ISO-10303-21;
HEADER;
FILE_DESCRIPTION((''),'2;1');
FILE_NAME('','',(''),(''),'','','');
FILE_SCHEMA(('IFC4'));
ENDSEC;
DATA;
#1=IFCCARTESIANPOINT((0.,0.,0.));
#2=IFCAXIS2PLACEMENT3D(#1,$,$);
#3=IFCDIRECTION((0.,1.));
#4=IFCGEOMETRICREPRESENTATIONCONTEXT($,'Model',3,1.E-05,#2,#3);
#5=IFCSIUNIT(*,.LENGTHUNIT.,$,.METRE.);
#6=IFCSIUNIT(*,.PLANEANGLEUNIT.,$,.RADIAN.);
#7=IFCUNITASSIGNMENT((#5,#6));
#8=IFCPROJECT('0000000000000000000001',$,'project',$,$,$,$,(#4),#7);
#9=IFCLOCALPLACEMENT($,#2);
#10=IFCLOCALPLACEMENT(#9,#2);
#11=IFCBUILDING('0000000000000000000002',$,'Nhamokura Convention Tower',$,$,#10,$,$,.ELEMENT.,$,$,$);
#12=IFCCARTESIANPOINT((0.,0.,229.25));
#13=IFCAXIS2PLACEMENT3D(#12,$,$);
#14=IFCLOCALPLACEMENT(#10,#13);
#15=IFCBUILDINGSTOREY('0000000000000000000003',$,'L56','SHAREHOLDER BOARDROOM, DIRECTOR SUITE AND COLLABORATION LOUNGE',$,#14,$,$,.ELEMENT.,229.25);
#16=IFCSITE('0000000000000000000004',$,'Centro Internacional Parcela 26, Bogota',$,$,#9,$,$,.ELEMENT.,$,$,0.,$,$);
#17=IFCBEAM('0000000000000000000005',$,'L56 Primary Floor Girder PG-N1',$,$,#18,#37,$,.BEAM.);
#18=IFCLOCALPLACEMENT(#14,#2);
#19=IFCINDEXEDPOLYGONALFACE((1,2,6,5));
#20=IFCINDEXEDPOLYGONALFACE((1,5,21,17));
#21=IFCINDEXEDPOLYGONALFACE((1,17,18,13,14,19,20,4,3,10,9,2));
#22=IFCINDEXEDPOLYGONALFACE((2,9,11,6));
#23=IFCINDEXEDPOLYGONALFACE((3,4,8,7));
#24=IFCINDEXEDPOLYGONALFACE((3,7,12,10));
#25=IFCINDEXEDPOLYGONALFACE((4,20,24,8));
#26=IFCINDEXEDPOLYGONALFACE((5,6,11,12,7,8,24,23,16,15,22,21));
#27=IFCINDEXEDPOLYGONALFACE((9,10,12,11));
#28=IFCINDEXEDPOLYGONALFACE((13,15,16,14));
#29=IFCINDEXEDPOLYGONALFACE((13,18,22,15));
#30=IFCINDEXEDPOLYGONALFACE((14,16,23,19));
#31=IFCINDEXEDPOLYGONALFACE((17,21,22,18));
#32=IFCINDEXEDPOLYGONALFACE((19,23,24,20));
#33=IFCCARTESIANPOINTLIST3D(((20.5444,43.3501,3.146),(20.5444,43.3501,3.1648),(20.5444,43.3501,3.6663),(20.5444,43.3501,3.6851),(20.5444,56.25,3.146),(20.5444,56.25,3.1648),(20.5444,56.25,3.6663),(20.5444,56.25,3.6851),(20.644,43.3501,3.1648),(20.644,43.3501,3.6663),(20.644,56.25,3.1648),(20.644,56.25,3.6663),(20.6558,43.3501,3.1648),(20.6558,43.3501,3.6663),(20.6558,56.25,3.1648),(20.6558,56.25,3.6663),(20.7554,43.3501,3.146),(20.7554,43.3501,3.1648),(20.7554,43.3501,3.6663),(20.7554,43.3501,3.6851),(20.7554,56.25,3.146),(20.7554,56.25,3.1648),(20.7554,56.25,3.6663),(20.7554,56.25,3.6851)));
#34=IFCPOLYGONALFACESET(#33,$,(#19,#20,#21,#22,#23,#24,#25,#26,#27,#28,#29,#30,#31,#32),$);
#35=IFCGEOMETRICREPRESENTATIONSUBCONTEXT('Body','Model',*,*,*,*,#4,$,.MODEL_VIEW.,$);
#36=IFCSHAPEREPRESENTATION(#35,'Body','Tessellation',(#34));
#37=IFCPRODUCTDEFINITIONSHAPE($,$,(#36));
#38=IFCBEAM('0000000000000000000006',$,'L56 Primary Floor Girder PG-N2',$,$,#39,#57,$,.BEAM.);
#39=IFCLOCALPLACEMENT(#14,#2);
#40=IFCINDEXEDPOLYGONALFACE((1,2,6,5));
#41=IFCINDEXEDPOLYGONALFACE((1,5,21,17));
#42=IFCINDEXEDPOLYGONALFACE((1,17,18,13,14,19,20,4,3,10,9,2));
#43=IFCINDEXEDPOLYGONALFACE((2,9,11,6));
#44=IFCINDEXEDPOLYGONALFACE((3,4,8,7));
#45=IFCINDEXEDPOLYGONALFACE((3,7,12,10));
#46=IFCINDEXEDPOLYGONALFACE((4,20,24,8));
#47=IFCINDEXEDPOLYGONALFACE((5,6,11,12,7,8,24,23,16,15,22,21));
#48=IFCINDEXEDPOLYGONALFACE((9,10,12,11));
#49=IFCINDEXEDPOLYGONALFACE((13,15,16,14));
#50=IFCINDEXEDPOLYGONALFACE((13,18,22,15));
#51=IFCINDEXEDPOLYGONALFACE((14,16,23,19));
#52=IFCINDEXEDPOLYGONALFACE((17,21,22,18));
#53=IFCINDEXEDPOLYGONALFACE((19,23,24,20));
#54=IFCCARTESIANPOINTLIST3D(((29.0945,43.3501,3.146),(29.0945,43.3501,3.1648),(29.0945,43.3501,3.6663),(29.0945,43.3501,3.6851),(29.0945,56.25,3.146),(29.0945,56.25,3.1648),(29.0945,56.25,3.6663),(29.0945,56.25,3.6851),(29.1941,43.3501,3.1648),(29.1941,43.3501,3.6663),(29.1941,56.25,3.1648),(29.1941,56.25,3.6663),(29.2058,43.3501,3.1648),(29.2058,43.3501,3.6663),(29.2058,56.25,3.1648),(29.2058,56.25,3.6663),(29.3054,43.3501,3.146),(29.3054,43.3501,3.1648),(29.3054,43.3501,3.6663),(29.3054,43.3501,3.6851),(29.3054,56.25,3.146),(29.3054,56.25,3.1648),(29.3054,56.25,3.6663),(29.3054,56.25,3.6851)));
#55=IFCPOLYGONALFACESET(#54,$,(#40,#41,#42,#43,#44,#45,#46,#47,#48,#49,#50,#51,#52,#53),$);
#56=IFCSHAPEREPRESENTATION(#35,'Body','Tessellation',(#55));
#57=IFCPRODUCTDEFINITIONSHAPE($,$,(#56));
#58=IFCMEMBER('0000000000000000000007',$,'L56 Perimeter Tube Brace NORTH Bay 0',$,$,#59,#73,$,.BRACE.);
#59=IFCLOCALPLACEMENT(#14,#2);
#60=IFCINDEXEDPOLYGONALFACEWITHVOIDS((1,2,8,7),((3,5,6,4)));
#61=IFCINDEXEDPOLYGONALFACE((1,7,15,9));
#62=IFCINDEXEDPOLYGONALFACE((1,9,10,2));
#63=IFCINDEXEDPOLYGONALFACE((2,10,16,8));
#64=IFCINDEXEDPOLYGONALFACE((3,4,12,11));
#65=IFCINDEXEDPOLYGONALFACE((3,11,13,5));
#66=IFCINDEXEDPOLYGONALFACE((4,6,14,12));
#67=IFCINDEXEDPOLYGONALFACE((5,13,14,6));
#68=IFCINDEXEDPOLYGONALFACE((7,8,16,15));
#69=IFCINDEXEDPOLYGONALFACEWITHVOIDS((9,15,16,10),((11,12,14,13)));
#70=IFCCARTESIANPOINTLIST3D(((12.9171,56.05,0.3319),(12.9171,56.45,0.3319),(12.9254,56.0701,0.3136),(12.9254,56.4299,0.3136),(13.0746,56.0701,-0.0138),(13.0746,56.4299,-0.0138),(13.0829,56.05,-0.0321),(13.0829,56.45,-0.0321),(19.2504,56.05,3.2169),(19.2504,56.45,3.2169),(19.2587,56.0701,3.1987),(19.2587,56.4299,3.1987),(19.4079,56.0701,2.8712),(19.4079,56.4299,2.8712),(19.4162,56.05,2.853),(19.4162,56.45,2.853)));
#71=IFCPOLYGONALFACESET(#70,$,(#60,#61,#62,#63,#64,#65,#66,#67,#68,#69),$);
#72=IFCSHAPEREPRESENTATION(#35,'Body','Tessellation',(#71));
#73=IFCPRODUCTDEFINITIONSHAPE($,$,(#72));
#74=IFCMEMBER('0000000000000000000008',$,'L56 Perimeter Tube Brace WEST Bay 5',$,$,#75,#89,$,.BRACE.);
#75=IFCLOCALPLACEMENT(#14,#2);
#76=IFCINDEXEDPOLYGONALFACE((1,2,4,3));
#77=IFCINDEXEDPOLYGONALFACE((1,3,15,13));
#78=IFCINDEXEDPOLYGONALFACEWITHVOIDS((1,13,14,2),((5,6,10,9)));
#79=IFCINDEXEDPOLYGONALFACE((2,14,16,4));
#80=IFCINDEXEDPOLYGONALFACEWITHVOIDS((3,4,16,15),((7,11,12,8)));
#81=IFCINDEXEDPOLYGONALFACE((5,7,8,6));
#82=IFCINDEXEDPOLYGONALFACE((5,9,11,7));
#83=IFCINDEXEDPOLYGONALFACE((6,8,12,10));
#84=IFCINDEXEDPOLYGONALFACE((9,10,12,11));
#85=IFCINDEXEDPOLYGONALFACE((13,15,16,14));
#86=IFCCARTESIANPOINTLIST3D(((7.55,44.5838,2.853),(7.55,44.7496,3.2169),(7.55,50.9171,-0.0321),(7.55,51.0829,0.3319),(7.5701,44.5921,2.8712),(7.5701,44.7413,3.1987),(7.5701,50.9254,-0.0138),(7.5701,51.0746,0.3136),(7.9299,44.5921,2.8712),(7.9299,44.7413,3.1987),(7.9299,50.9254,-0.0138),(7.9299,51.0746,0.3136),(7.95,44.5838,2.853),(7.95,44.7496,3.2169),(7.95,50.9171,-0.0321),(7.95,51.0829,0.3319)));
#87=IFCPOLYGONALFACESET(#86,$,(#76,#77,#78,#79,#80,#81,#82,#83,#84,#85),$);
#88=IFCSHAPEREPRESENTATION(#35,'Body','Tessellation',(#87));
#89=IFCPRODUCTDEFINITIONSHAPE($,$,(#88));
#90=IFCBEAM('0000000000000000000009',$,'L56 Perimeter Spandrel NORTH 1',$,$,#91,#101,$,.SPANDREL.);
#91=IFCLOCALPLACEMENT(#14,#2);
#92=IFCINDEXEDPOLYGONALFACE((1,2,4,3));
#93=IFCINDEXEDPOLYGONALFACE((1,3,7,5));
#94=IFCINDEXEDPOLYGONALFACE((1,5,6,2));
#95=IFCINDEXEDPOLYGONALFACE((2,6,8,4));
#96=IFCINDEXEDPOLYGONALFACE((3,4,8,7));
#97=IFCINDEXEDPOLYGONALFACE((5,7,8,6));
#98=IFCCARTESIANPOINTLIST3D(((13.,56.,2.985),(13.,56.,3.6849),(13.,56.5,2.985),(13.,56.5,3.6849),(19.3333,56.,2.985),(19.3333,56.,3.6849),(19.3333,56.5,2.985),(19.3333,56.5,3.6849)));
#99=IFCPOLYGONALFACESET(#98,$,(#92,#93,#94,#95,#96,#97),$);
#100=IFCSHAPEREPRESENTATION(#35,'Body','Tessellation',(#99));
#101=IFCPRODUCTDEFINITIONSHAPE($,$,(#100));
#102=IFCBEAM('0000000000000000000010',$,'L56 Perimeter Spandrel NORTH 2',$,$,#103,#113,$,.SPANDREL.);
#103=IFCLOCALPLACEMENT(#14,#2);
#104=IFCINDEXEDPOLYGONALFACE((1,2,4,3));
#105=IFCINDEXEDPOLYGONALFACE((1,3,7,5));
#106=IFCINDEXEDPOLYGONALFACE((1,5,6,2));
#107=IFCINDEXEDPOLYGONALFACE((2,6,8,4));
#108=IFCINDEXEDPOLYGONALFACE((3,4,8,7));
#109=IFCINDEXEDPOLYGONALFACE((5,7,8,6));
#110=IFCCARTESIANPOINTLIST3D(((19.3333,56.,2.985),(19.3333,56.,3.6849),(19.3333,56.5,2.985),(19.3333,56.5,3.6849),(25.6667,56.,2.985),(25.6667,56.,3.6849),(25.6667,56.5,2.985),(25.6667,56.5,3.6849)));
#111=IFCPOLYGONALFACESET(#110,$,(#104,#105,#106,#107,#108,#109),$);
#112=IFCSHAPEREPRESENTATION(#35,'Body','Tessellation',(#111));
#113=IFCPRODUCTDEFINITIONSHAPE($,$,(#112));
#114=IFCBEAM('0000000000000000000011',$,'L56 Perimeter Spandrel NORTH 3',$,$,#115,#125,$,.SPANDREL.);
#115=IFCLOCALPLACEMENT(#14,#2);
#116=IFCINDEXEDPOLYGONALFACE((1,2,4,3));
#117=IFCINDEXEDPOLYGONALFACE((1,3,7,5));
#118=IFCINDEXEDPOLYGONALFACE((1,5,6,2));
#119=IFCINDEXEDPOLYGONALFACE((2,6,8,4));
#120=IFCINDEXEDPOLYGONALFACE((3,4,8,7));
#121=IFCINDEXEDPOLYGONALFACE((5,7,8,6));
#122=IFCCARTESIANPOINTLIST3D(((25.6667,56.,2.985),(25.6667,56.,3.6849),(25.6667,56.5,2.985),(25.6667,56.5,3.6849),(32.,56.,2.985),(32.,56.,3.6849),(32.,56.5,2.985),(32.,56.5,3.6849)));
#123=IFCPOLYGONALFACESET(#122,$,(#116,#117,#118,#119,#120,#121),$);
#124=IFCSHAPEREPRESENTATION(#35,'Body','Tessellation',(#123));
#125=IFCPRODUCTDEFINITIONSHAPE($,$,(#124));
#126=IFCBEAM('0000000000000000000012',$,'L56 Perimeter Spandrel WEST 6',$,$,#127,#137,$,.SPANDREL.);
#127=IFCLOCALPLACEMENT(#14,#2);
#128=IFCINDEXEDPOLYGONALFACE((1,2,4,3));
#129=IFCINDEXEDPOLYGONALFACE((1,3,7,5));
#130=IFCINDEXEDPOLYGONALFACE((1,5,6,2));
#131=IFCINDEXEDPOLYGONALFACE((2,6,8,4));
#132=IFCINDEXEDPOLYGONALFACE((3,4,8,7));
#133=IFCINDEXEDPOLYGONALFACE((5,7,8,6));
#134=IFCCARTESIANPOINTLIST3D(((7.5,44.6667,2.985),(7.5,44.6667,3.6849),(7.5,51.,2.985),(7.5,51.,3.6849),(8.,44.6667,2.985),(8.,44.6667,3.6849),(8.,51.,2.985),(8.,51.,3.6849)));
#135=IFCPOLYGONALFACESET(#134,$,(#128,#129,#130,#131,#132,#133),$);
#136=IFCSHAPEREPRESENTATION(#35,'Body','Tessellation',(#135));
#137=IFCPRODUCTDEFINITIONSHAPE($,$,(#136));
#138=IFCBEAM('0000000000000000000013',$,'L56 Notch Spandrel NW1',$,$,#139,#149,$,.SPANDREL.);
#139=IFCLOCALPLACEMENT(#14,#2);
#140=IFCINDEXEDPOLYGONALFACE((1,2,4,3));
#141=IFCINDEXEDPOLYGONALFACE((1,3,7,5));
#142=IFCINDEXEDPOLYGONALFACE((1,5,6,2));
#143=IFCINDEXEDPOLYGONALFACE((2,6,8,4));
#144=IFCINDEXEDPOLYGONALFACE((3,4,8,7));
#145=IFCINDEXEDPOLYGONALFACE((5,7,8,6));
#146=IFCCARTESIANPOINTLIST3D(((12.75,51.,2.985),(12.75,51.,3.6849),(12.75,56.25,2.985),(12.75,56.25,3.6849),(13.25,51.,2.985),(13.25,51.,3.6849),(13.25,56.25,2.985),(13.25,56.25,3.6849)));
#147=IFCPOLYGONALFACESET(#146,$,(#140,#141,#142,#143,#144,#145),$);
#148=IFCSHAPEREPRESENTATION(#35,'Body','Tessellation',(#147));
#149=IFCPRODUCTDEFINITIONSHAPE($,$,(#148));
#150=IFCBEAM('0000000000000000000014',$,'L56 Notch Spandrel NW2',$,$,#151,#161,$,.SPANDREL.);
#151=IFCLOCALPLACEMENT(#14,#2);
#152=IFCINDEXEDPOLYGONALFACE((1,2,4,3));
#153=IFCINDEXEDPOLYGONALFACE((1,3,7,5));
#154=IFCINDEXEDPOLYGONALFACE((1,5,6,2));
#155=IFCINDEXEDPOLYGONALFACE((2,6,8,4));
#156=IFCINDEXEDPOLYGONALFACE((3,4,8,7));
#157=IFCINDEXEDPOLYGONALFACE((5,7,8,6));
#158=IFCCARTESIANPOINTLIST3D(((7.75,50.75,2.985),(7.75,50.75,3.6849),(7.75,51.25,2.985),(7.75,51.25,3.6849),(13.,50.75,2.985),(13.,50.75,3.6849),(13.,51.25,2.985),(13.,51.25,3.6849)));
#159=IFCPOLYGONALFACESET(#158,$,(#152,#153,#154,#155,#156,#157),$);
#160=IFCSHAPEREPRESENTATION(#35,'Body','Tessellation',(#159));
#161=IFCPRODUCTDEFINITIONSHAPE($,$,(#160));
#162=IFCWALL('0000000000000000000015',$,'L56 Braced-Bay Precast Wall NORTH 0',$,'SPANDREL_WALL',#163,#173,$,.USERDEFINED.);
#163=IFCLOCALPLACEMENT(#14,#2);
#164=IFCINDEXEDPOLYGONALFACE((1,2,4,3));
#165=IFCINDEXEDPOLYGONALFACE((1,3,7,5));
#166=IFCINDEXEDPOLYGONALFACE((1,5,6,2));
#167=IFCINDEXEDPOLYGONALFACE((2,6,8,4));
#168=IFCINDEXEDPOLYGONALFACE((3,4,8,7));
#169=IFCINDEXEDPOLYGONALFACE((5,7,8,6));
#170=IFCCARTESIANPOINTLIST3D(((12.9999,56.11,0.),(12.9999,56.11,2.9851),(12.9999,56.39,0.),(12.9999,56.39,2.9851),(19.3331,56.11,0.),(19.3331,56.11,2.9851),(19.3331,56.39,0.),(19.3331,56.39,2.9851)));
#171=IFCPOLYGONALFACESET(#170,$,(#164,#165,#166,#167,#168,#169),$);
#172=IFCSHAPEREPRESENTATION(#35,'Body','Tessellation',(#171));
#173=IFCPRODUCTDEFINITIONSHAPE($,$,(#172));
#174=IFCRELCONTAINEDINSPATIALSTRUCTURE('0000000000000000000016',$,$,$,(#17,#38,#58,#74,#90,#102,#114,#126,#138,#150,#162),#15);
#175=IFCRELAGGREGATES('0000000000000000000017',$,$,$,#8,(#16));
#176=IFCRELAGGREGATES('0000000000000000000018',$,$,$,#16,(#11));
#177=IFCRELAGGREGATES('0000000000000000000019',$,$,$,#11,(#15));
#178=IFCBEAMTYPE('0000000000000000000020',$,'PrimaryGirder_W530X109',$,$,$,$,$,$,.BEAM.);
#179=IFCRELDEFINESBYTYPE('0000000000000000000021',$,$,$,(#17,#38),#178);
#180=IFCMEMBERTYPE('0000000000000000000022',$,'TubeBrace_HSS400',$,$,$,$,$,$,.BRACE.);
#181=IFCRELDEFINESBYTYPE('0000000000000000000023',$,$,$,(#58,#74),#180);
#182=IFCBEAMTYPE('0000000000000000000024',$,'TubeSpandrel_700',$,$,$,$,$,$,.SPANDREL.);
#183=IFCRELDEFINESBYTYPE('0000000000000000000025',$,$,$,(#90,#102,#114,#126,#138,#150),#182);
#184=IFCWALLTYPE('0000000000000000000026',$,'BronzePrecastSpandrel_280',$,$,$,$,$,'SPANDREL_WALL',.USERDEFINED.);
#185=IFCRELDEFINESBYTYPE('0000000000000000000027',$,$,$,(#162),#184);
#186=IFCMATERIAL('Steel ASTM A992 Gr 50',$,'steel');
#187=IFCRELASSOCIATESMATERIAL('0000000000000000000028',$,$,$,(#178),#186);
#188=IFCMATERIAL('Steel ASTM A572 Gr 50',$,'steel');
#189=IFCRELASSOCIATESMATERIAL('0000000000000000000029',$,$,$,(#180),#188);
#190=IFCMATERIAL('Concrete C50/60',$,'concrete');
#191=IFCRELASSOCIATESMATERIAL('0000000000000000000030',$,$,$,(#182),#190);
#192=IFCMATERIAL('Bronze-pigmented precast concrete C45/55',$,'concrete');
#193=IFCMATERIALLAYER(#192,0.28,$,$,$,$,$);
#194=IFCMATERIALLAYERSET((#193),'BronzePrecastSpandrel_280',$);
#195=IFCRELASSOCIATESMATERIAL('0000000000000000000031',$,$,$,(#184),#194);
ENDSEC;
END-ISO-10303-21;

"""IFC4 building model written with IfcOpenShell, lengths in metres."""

from ifc_helpers import new_model, si_unit, direction, frame, frame_2d, origin, origin_2d, place, context, subcontext, project, spatial, rectangle, hollow_rectangle, i_section, extrude, material, layer, layer_set, material_profile, profile_set, type_object, element, save


model = new_model("IFC4")

# Units and contexts
model_context = context("Model", 3, precision=1e-05, world=origin(), true_north=direction((0.0, 1.0)))
body_context = subcontext(model_context, "Body", "Model", "MODEL_VIEW")
ifc_project = project(units=[si_unit("LENGTHUNIT", "METRE"), si_unit("PLANEANGLEUNIT", "RADIAN")], contexts=[model_context])

# Site, building, storey
site_placement = place(None, origin())
site = spatial("IfcSite", under=ifc_project, at=site_placement, Name="Centro Internacional Parcela 26, Bogota", CompositionType="ELEMENT", RefElevation=0.0)
building_placement = place(site_placement, origin())
building = spatial("IfcBuilding", under=site, at=building_placement, Name="Nhamokura Convention Tower", CompositionType="ELEMENT")
storey_placement = place(building_placement, frame((0.0, 0.0, 229.25)))
storey = spatial("IfcBuildingStorey", under=building, at=storey_placement, Name="L56", Description="SHAREHOLDER BOARDROOM, DIRECTOR SUITE AND COLLABORATION LOUNGE", CompositionType="ELEMENT", Elevation=229.25)

# Beams
ifc_material_1 = material(Name="Steel ASTM A992 Gr 50", Category="steel")
ifc_material_profile_1 = material_profile(ifc_material_1, i_section(OverallWidth=0.2109, OverallDepth=0.5391, WebThickness=0.0117, FlangeThickness=0.0188, at=origin_2d()))
ifc_profile_set_1 = profile_set([ifc_material_profile_1], Name="Steel ASTM A992 Gr 50")
beam_type_1 = type_object("IfcBeamType", Name="PrimaryGirder_W530X109", PredefinedType="BEAM", material=ifc_profile_set_1)
for number, where, z_axis, x_axis, name in (
    (1, (20.6499, 43.3501, 3.4155), (0.0, 1.0, 0.0), (-1.0, 0.0, 0.0), "L56 Primary Floor Girder PG-N1"),
    (2, (29.2, 43.3501, 3.4155), (0.0, 1.0, 0.0), (-1.0, 0.0, 0.0), "L56 Primary Floor Girder PG-N2"),
):
    element("IfcBeam", number, at=place(storey_placement, frame(where, z_axis=z_axis, x_axis=x_axis)), inside=storey, type_object=beam_type_1, Name=name, PredefinedType="BEAM", context=body_context, shape_type="SweptSolid", body=[
        extrude(i_section(OverallWidth=0.2109, OverallDepth=0.5391, WebThickness=0.0117, FlangeThickness=0.0188, at=origin_2d()), origin(), (0.0, 0.0, 1.0), 12.8999),
    ])

# Members
ifc_material_2 = material(Name="Steel ASTM A572 Gr 50", Category="steel")
ifc_material_profile_2 = material_profile(ifc_material_2, hollow_rectangle(XDim=0.3999, YDim=0.3999, WallThickness=0.02, at=origin_2d()))
ifc_profile_set_2 = profile_set([ifc_material_profile_2], Name="Steel ASTM A572 Gr 50")
member_type_1 = type_object("IfcMemberType", Name="TubeBrace_HSS400", PredefinedType="BRACE", material=ifc_profile_set_2)
for number, where, z_axis, x_axis, name in (
    (3, (13.0, 56.25, 0.1499), (0.910027, 0.0, 0.414548), (0.0, 1.0, 0.0), "L56 Perimeter Tube Brace NORTH Bay 0"),
    (4, (7.75, 51.0, 0.1499), (0.0, -0.910027, 0.414548), (1.0, 0.0, 0.0), "L56 Perimeter Tube Brace WEST Bay 5"),
):
    element("IfcMember", number, at=place(storey_placement, frame(where, z_axis=z_axis, x_axis=x_axis)), inside=storey, type_object=member_type_1, Name=name, PredefinedType="BRACE", context=body_context, shape_type="SweptSolid", body=[
        extrude(hollow_rectangle(XDim=0.3999, YDim=0.3999, WallThickness=0.02, at=origin_2d()), origin(), (0.0, 0.0, 1.0), 6.9595),
    ])

# Beams
ifc_material_3 = material(Name="Concrete C50/60", Category="concrete")
ifc_material_profile_3 = material_profile(ifc_material_3, rectangle(XDim=0.5, YDim=0.7, at=origin_2d()))
ifc_profile_set_3 = profile_set([ifc_material_profile_3], Name="Concrete C50/60")
beam_type_2 = type_object("IfcBeamType", Name="TubeSpandrel_700", PredefinedType="SPANDREL", material=ifc_profile_set_3)
beam_1_placement = place(storey_placement, frame((13.0, 56.25, 3.335), z_axis=(1.0, 0.0, 0.0), x_axis=(0.0, 1.0, 0.0)))
element("IfcBeam", 5, at=beam_1_placement, inside=storey, type_object=beam_type_2, Name="L56 Perimeter Spandrel NORTH 1", PredefinedType="SPANDREL", context=body_context, shape_type="SweptSolid", body=[
    extrude(rectangle(XDim=0.5, YDim=0.7, at=origin_2d()), origin(), (0.0, 0.0, 1.0), 6.3333),
])
beam_2_placement = place(storey_placement, frame((19.3333, 56.25, 3.335), z_axis=(1.0, 0.0, 0.0), x_axis=(0.0, 1.0, 0.0)))
element("IfcBeam", 6, at=beam_2_placement, inside=storey, type_object=beam_type_2, Name="L56 Perimeter Spandrel NORTH 2", PredefinedType="SPANDREL", context=body_context, shape_type="SweptSolid", body=[
    extrude(rectangle(XDim=0.5, YDim=0.7, at=origin_2d()), origin(), (0.0, 0.0, 1.0), 6.3335),
])
for number, where, z_axis, x_axis, name in (
    (7, (25.6667, 56.25, 3.335), (1.0, 0.0, 0.0), (0.0, 1.0, 0.0), "L56 Perimeter Spandrel NORTH 3"),
    (8, (7.75, 44.6667, 3.335), (0.0, 1.0, 0.0), (-1.0, 0.0, 0.0), "L56 Perimeter Spandrel WEST 6"),
):
    element("IfcBeam", number, at=place(storey_placement, frame(where, z_axis=z_axis, x_axis=x_axis)), inside=storey, type_object=beam_type_2, Name=name, PredefinedType="SPANDREL", context=body_context, shape_type="SweptSolid", body=[
        extrude(rectangle(XDim=0.5, YDim=0.7, at=origin_2d()), origin(), (0.0, 0.0, 1.0), 6.3333),
    ])
for number, where, z_axis, x_axis, name in (
    (9, (13.0, 56.25, 3.335), (0.0, -1.0, 0.0), (1.0, 0.0, 0.0), "L56 Notch Spandrel NW1"),
    (10, (13.0, 51.0, 3.335), (-1.0, 0.0, 0.0), (0.0, -1.0, 0.0), "L56 Notch Spandrel NW2"),
):
    element("IfcBeam", number, at=place(storey_placement, frame(where, z_axis=z_axis, x_axis=x_axis)), inside=storey, type_object=beam_type_2, Name=name, PredefinedType="SPANDREL", context=body_context, shape_type="SweptSolid", body=[
        extrude(rectangle(XDim=0.5, YDim=0.7, at=origin_2d()), origin(), (0.0, 0.0, 1.0), 5.25),
    ])

# Wall
ifc_material_4 = material(Name="Bronze-pigmented precast concrete C45/55", Category="concrete")
ifc_layer_1 = layer(ifc_material_4, 0.28)
ifc_layer_set_1 = layer_set([ifc_layer_1], Name="BronzePrecastSpandrel_280")
wall_type_1 = type_object("IfcWallType", Name="BronzePrecastSpandrel_280", ElementType="SPANDREL_WALL", PredefinedType="USERDEFINED", material=ifc_layer_set_1)
wall_1_placement = place(storey_placement, frame((13.0, 56.25, 0.0), z_axis=(0.0, 0.0, 1.0), x_axis=(1.0, 0.0, 0.0)))
element("IfcWall", 11, at=wall_1_placement, inside=storey, type_object=wall_type_1, Name="L56 Braced-Bay Precast Wall NORTH 0", ObjectType="SPANDREL_WALL", PredefinedType="USERDEFINED", context=body_context, shape_type="SweptSolid", body=[
    extrude(rectangle(XDim=6.3333, YDim=0.28, at=frame_2d((3.1665, 0.0))), origin(), (0.0, 0.0, 1.0), 2.9851),
])

save(model, "model.ifc")
